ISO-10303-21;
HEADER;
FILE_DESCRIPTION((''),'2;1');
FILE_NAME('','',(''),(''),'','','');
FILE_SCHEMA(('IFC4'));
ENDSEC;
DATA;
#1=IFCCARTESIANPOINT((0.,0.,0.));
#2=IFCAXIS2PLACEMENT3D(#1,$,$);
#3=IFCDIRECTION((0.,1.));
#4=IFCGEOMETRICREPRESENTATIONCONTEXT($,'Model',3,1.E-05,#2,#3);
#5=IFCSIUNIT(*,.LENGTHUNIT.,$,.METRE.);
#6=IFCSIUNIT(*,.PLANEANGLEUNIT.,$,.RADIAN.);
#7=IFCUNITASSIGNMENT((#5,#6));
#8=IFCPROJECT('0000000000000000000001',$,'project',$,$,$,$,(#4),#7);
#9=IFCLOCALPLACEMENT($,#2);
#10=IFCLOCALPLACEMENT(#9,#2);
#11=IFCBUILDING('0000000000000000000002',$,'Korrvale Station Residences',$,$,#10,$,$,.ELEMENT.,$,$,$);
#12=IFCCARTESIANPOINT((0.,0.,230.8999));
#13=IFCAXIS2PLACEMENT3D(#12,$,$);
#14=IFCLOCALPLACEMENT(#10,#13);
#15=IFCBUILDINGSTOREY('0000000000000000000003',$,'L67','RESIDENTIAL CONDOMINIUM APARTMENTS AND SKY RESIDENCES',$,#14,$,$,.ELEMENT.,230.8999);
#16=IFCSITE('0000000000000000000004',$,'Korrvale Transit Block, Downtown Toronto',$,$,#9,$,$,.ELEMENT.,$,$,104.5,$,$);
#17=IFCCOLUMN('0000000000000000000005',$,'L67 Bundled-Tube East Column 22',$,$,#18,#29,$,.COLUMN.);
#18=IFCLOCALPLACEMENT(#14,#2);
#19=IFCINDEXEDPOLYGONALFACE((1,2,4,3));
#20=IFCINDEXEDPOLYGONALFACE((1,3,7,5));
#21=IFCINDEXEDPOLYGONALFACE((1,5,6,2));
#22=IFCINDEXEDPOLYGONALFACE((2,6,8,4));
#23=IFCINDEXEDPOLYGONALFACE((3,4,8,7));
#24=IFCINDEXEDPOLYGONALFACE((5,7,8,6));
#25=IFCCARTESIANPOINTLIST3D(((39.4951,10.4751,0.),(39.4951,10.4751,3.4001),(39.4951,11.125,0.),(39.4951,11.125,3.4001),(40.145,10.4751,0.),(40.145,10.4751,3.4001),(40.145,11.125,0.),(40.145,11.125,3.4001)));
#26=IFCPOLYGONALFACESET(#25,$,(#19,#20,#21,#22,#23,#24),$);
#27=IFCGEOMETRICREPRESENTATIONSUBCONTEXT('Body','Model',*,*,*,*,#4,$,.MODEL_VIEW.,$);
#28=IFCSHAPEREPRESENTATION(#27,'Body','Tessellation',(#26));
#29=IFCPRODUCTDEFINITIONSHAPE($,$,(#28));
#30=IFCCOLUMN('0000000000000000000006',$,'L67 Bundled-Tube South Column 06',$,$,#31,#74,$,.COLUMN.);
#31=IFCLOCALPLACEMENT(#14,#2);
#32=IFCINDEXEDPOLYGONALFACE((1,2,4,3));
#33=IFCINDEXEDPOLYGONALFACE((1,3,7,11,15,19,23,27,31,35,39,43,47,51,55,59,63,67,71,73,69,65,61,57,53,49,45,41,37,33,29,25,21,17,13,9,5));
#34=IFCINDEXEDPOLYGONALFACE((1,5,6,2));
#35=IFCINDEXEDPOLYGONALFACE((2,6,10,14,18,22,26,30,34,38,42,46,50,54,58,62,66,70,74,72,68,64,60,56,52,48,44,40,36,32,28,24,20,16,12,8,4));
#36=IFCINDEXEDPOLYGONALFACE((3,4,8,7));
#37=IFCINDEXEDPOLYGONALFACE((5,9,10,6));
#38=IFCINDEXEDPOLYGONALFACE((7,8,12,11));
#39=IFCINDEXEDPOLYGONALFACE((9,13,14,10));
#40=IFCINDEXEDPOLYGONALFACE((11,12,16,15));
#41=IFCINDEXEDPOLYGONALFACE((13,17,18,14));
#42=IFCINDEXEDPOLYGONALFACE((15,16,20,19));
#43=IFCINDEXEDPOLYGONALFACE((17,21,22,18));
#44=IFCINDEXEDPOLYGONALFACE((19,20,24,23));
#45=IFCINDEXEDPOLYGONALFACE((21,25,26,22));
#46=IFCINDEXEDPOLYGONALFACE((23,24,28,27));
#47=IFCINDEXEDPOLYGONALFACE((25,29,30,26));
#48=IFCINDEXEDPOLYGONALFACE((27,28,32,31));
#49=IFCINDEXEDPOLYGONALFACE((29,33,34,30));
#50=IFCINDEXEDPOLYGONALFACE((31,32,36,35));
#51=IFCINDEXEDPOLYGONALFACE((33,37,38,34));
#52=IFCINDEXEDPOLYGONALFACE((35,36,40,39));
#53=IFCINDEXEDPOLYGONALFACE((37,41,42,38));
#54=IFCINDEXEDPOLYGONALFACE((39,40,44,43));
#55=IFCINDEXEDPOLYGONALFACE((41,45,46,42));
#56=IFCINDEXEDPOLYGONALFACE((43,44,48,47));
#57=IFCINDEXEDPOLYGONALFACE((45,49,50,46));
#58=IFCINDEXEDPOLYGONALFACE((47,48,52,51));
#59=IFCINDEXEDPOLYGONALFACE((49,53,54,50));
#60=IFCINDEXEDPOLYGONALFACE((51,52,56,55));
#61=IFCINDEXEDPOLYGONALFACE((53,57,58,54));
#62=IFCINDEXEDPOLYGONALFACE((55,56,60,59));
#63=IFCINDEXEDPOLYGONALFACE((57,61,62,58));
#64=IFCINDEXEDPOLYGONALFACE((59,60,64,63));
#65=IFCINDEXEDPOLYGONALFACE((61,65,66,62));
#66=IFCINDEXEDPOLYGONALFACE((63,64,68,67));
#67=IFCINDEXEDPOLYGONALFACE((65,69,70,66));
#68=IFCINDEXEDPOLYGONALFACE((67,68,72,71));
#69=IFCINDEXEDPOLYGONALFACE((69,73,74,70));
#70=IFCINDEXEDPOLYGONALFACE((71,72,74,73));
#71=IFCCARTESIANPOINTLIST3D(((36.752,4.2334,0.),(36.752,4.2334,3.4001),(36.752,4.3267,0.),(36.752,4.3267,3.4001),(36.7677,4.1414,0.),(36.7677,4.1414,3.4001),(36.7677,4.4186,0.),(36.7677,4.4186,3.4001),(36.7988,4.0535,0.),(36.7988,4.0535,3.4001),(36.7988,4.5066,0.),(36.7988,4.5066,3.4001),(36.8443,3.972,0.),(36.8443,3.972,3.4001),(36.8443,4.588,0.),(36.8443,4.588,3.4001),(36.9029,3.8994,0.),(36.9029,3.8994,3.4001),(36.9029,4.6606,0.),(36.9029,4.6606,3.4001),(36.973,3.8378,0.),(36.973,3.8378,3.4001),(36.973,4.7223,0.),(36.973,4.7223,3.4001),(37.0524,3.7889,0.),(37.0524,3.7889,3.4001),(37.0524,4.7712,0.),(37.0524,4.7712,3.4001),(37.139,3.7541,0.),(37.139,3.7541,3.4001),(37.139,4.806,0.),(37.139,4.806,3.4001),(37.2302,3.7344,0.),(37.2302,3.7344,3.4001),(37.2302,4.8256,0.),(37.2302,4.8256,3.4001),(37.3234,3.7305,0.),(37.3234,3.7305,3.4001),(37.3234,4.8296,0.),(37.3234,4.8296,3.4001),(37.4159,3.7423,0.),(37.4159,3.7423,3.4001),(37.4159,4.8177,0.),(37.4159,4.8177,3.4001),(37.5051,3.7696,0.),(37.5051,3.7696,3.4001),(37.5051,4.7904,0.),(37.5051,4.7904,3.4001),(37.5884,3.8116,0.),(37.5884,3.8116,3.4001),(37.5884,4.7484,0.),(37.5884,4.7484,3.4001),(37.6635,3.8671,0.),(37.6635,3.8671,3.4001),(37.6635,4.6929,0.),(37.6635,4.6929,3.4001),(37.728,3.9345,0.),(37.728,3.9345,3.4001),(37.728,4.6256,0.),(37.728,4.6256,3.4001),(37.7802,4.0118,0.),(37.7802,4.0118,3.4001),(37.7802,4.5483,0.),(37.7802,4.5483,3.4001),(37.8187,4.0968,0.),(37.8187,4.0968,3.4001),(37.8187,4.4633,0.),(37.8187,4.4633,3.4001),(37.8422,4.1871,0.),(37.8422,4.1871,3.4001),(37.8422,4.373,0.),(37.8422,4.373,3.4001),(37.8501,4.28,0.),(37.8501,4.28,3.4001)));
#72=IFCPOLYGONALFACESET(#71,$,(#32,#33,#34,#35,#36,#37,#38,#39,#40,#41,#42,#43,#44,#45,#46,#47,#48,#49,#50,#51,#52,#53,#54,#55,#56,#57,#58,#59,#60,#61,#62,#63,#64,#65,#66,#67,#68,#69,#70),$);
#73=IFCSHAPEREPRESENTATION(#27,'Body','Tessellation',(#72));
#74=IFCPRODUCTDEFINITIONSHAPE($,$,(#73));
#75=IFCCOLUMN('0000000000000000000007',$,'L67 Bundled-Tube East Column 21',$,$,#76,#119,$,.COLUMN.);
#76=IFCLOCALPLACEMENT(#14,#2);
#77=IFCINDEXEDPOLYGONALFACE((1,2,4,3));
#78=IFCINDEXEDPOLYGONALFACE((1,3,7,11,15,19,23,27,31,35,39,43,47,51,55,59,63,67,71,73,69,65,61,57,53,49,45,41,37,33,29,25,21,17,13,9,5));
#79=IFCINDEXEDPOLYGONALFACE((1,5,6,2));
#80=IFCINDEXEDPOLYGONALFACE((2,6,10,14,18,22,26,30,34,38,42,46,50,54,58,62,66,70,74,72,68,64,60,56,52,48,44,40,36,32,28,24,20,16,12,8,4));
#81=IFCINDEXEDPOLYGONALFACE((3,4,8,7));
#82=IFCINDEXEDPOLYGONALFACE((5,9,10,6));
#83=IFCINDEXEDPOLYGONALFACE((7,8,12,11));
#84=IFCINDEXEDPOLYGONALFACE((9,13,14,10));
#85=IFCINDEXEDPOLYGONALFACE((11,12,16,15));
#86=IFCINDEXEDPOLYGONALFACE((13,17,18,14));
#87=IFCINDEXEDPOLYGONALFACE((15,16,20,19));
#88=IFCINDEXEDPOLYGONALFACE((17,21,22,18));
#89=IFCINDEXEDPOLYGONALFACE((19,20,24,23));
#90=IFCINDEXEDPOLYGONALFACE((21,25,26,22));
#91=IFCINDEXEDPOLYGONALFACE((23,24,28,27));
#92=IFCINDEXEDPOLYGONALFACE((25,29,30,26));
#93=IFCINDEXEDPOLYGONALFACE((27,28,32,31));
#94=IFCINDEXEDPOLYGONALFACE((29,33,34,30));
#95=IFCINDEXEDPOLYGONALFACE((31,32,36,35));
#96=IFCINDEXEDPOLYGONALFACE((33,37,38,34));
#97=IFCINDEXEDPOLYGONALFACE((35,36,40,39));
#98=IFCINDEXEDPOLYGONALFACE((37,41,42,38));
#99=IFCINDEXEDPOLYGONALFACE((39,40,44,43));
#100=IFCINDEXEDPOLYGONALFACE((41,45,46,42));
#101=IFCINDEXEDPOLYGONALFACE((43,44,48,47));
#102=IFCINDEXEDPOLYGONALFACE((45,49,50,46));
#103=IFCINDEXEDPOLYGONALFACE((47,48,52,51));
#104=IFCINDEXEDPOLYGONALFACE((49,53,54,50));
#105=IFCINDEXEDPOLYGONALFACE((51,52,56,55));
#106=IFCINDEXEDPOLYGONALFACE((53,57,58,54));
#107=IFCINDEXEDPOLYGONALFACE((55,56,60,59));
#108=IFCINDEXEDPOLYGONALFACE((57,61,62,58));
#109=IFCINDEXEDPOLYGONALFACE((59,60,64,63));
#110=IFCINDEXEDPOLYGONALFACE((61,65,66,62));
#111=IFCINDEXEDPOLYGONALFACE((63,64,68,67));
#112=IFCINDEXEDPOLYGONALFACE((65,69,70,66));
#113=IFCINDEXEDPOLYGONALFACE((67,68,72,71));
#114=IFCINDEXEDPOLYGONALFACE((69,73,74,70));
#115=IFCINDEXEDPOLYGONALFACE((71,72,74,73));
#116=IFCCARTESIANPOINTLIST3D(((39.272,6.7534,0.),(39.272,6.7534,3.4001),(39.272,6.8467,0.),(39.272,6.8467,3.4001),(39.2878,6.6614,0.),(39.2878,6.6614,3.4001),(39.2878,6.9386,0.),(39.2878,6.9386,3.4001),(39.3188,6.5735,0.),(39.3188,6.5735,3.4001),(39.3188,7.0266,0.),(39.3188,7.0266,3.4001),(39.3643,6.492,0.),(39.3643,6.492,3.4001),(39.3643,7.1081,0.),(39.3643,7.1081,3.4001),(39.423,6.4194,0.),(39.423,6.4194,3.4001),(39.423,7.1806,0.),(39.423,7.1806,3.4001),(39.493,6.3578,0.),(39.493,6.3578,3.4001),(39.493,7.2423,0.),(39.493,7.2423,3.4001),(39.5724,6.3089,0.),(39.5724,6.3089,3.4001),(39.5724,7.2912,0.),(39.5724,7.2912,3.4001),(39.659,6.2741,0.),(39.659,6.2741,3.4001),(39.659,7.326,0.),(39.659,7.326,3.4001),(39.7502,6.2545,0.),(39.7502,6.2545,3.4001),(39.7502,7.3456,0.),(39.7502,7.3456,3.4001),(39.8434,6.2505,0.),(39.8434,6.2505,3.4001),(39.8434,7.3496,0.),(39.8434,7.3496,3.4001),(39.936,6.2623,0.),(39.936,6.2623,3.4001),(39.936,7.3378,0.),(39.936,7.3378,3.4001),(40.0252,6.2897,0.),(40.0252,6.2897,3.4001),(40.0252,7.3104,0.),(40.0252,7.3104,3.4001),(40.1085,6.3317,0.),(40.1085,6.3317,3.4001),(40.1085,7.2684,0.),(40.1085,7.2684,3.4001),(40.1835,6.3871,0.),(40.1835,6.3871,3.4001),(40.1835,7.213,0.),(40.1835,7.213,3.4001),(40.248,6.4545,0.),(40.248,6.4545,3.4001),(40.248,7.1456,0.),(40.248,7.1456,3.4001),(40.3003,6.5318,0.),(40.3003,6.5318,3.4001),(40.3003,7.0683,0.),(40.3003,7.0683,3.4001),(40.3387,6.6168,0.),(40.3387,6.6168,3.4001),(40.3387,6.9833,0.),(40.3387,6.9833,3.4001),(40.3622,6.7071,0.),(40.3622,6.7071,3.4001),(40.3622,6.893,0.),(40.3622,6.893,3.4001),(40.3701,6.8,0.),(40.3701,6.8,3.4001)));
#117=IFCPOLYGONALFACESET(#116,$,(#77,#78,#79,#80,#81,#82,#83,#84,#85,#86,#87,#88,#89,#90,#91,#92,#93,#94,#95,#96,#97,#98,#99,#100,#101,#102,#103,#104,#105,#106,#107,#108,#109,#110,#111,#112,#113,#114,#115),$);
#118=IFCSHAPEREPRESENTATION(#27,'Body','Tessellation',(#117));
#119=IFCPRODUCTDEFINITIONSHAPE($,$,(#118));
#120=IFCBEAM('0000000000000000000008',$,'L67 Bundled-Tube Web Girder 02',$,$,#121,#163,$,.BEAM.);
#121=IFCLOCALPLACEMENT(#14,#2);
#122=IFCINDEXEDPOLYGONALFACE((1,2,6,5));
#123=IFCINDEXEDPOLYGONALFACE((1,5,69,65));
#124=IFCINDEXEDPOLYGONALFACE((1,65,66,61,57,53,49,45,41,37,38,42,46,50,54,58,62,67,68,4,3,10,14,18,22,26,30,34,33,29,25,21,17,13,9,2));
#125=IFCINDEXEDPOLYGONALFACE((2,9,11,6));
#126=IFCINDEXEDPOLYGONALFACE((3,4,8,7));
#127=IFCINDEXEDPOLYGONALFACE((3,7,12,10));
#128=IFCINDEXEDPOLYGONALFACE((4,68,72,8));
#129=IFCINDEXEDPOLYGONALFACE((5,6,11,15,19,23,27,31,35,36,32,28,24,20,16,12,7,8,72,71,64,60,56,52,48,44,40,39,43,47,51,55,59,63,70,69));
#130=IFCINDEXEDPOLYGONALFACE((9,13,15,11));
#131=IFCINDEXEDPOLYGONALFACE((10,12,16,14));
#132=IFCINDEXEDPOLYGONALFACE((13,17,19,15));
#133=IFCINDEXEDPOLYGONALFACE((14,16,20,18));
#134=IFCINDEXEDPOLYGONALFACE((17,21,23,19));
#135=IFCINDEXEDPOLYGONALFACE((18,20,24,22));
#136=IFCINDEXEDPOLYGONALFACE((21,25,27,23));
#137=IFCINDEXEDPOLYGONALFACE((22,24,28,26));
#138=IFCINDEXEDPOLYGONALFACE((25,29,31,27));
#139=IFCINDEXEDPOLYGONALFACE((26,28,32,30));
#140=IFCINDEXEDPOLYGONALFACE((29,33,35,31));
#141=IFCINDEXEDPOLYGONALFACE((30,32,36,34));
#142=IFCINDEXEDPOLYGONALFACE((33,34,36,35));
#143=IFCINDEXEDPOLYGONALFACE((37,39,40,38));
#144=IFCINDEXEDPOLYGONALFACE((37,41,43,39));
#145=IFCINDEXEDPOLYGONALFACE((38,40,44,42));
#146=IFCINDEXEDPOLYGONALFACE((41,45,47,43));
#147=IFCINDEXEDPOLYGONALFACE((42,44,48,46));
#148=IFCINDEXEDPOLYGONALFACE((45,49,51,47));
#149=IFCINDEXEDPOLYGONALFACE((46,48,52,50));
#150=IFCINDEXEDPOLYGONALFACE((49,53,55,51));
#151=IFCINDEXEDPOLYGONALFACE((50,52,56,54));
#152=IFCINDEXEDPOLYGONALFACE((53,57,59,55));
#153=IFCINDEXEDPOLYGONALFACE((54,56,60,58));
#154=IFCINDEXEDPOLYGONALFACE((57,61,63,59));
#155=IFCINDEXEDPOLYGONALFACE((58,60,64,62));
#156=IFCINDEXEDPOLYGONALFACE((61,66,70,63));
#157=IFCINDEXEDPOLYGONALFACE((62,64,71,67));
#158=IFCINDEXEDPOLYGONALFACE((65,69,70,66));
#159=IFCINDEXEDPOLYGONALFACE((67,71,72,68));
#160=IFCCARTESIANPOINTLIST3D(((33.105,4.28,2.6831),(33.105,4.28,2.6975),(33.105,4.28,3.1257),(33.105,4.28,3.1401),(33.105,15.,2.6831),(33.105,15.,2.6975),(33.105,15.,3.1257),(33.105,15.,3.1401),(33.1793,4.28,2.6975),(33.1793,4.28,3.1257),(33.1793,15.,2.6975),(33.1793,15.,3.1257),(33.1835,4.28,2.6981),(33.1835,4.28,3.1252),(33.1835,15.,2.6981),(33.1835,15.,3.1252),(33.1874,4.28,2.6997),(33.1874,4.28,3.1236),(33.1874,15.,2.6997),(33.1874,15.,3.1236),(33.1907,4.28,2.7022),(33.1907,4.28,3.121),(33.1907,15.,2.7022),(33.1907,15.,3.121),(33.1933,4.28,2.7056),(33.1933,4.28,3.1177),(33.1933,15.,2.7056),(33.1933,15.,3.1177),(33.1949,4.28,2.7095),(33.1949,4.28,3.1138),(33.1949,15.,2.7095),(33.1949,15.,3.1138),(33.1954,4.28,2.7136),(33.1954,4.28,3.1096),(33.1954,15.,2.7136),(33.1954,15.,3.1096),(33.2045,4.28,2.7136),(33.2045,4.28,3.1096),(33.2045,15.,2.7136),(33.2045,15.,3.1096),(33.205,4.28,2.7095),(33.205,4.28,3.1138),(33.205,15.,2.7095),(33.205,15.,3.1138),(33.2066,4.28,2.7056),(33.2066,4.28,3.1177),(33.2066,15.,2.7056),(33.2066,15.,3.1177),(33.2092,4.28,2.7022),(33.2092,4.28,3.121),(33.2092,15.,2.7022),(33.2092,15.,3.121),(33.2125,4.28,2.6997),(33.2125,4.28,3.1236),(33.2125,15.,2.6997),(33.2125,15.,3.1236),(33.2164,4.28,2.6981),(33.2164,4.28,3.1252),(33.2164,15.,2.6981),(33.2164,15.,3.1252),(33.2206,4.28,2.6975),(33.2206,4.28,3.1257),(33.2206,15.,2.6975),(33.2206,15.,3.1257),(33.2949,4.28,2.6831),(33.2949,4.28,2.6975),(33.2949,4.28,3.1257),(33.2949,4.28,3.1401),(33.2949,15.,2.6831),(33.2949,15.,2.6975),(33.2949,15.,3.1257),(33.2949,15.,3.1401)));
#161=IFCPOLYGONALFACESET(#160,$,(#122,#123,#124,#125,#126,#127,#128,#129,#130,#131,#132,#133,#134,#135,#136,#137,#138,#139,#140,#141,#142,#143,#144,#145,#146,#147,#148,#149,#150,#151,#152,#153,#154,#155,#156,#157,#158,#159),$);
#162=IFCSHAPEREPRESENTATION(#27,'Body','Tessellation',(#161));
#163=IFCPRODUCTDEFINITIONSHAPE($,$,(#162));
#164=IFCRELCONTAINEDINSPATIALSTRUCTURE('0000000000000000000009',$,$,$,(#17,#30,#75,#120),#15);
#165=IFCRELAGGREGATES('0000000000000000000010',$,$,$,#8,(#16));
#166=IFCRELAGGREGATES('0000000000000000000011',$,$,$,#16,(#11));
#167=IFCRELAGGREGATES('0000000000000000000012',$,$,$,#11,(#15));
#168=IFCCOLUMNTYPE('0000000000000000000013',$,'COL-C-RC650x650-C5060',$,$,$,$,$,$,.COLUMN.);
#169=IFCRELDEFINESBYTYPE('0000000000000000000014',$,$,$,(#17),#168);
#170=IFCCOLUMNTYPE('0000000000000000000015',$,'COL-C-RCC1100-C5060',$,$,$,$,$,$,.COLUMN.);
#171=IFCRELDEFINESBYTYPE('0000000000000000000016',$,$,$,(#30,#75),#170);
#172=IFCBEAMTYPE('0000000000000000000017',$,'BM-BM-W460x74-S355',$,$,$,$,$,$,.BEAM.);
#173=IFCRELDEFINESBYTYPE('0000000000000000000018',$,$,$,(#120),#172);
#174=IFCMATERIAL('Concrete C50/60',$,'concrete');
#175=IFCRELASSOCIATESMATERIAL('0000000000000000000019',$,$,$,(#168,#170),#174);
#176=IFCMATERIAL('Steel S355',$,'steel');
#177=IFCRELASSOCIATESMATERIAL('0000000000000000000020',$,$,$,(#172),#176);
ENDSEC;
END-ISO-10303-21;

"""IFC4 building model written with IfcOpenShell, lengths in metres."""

from ifc_helpers import new_model, si_unit, direction, frame, origin, origin_2d, place, context, subcontext, project, spatial, rectangle, circle, i_section, extrude, material, material_profile, profile_set, type_object, element, save


model = new_model("IFC4")

# Units and contexts
model_context = context("Model", 3, precision=1e-05, world=origin(), true_north=direction((0.0, 1.0)))
body_context = subcontext(model_context, "Body", "Model", "MODEL_VIEW")
ifc_project = project(units=[si_unit("LENGTHUNIT", "METRE"), si_unit("PLANEANGLEUNIT", "RADIAN")], contexts=[model_context])

# Site, building, storey
site_placement = place(None, origin())
site = spatial("IfcSite", under=ifc_project, at=site_placement, Name="Korrvale Transit Block, Downtown Toronto", CompositionType="ELEMENT", RefElevation=104.5)
building_placement = place(site_placement, origin())
building = spatial("IfcBuilding", under=site, at=building_placement, Name="Korrvale Station Residences", CompositionType="ELEMENT")
storey_placement = place(building_placement, frame((0.0, 0.0, 230.8999)))
storey = spatial("IfcBuildingStorey", under=building, at=storey_placement, Name="L67", Description="RESIDENTIAL CONDOMINIUM APARTMENTS AND SKY RESIDENCES", CompositionType="ELEMENT", Elevation=230.8999)

# Columns
ifc_material_1 = material(Name="Concrete C50/60", Category="concrete")
ifc_material_profile_1 = material_profile(ifc_material_1, rectangle(XDim=0.6499, YDim=0.6499, at=origin_2d()), Name="RC650x650")
ifc_profile_set_1 = profile_set([ifc_material_profile_1], Name="Concrete C50/60")
column_type_1 = type_object("IfcColumnType", Name="COL-C-RC650x650-C5060", PredefinedType="COLUMN", material=ifc_profile_set_1)
column_placement = place(storey_placement, frame((39.8201, 10.8, 0.0), z_axis=(0.0, 0.0, 1.0), x_axis=(1.0, 0.0, 0.0)))
element("IfcColumn", 1, at=column_placement, inside=storey, type_object=column_type_1, Name="L67 Bundled-Tube East Column 22", PredefinedType="COLUMN", context=body_context, shape_type="SweptSolid", body=[
    extrude(rectangle(XDim=0.6499, YDim=0.6499, at=origin_2d()), origin(), (0.0, 0.0, 1.0), 3.4001),
])
ifc_material_profile_2 = material_profile(ifc_material_1, circle(Radius=0.55, at=origin_2d()), Name="RCC1100")
ifc_profile_set_2 = profile_set([ifc_material_profile_2], Name="Concrete C50/60")
column_type_2 = type_object("IfcColumnType", Name="COL-C-RCC1100-C5060", PredefinedType="COLUMN", material=ifc_profile_set_2)
for number, where, z_axis, x_axis, name in (
    (2, (37.3, 4.28, 0.0), (0.0, 0.0, 1.0), (1.0, 0.0, 0.0), "L67 Bundled-Tube South Column 06"),
    (3, (39.8201, 6.8, 0.0), (0.0, 0.0, 1.0), (1.0, 0.0, 0.0), "L67 Bundled-Tube East Column 21"),
):
    element("IfcColumn", number, at=place(storey_placement, frame(where, z_axis=z_axis, x_axis=x_axis)), inside=storey, type_object=column_type_2, Name=name, PredefinedType="COLUMN", context=body_context, shape_type="SweptSolid", body=[
        extrude(circle(Radius=0.55, at=origin_2d()), origin(), (0.0, 0.0, 1.0), 3.4001),
    ])

# Beam
ifc_material_2 = material(Name="Steel S355", Category="steel")
ifc_material_profile_3 = material_profile(ifc_material_2, i_section(OverallWidth=0.1899, OverallDepth=0.457, WebThickness=0.009, FlangeThickness=0.0144, FilletRadius=0.0161, at=origin_2d()), Name="W460x74")
ifc_profile_set_3 = profile_set([ifc_material_profile_3], Name="Steel S355")
beam_type_1 = type_object("IfcBeamType", Name="BM-BM-W460x74-S355", PredefinedType="BEAM", material=ifc_profile_set_3)
beam_1_placement = place(storey_placement, frame((33.2, 4.28, 2.9116), z_axis=(0.0, 1.0, 0.0), x_axis=(-1.0, 0.0, 0.0)))
element("IfcBeam", 4, at=beam_1_placement, inside=storey, type_object=beam_type_1, Name="L67 Bundled-Tube Web Girder 02", PredefinedType="BEAM", context=body_context, shape_type="SweptSolid", body=[
    extrude(i_section(OverallWidth=0.1899, OverallDepth=0.457, WebThickness=0.009, FlangeThickness=0.0144, FilletRadius=0.0161, at=origin_2d()), origin(), (0.0, 0.0, 1.0), 10.72),
])

save(model, "model.ifc")
